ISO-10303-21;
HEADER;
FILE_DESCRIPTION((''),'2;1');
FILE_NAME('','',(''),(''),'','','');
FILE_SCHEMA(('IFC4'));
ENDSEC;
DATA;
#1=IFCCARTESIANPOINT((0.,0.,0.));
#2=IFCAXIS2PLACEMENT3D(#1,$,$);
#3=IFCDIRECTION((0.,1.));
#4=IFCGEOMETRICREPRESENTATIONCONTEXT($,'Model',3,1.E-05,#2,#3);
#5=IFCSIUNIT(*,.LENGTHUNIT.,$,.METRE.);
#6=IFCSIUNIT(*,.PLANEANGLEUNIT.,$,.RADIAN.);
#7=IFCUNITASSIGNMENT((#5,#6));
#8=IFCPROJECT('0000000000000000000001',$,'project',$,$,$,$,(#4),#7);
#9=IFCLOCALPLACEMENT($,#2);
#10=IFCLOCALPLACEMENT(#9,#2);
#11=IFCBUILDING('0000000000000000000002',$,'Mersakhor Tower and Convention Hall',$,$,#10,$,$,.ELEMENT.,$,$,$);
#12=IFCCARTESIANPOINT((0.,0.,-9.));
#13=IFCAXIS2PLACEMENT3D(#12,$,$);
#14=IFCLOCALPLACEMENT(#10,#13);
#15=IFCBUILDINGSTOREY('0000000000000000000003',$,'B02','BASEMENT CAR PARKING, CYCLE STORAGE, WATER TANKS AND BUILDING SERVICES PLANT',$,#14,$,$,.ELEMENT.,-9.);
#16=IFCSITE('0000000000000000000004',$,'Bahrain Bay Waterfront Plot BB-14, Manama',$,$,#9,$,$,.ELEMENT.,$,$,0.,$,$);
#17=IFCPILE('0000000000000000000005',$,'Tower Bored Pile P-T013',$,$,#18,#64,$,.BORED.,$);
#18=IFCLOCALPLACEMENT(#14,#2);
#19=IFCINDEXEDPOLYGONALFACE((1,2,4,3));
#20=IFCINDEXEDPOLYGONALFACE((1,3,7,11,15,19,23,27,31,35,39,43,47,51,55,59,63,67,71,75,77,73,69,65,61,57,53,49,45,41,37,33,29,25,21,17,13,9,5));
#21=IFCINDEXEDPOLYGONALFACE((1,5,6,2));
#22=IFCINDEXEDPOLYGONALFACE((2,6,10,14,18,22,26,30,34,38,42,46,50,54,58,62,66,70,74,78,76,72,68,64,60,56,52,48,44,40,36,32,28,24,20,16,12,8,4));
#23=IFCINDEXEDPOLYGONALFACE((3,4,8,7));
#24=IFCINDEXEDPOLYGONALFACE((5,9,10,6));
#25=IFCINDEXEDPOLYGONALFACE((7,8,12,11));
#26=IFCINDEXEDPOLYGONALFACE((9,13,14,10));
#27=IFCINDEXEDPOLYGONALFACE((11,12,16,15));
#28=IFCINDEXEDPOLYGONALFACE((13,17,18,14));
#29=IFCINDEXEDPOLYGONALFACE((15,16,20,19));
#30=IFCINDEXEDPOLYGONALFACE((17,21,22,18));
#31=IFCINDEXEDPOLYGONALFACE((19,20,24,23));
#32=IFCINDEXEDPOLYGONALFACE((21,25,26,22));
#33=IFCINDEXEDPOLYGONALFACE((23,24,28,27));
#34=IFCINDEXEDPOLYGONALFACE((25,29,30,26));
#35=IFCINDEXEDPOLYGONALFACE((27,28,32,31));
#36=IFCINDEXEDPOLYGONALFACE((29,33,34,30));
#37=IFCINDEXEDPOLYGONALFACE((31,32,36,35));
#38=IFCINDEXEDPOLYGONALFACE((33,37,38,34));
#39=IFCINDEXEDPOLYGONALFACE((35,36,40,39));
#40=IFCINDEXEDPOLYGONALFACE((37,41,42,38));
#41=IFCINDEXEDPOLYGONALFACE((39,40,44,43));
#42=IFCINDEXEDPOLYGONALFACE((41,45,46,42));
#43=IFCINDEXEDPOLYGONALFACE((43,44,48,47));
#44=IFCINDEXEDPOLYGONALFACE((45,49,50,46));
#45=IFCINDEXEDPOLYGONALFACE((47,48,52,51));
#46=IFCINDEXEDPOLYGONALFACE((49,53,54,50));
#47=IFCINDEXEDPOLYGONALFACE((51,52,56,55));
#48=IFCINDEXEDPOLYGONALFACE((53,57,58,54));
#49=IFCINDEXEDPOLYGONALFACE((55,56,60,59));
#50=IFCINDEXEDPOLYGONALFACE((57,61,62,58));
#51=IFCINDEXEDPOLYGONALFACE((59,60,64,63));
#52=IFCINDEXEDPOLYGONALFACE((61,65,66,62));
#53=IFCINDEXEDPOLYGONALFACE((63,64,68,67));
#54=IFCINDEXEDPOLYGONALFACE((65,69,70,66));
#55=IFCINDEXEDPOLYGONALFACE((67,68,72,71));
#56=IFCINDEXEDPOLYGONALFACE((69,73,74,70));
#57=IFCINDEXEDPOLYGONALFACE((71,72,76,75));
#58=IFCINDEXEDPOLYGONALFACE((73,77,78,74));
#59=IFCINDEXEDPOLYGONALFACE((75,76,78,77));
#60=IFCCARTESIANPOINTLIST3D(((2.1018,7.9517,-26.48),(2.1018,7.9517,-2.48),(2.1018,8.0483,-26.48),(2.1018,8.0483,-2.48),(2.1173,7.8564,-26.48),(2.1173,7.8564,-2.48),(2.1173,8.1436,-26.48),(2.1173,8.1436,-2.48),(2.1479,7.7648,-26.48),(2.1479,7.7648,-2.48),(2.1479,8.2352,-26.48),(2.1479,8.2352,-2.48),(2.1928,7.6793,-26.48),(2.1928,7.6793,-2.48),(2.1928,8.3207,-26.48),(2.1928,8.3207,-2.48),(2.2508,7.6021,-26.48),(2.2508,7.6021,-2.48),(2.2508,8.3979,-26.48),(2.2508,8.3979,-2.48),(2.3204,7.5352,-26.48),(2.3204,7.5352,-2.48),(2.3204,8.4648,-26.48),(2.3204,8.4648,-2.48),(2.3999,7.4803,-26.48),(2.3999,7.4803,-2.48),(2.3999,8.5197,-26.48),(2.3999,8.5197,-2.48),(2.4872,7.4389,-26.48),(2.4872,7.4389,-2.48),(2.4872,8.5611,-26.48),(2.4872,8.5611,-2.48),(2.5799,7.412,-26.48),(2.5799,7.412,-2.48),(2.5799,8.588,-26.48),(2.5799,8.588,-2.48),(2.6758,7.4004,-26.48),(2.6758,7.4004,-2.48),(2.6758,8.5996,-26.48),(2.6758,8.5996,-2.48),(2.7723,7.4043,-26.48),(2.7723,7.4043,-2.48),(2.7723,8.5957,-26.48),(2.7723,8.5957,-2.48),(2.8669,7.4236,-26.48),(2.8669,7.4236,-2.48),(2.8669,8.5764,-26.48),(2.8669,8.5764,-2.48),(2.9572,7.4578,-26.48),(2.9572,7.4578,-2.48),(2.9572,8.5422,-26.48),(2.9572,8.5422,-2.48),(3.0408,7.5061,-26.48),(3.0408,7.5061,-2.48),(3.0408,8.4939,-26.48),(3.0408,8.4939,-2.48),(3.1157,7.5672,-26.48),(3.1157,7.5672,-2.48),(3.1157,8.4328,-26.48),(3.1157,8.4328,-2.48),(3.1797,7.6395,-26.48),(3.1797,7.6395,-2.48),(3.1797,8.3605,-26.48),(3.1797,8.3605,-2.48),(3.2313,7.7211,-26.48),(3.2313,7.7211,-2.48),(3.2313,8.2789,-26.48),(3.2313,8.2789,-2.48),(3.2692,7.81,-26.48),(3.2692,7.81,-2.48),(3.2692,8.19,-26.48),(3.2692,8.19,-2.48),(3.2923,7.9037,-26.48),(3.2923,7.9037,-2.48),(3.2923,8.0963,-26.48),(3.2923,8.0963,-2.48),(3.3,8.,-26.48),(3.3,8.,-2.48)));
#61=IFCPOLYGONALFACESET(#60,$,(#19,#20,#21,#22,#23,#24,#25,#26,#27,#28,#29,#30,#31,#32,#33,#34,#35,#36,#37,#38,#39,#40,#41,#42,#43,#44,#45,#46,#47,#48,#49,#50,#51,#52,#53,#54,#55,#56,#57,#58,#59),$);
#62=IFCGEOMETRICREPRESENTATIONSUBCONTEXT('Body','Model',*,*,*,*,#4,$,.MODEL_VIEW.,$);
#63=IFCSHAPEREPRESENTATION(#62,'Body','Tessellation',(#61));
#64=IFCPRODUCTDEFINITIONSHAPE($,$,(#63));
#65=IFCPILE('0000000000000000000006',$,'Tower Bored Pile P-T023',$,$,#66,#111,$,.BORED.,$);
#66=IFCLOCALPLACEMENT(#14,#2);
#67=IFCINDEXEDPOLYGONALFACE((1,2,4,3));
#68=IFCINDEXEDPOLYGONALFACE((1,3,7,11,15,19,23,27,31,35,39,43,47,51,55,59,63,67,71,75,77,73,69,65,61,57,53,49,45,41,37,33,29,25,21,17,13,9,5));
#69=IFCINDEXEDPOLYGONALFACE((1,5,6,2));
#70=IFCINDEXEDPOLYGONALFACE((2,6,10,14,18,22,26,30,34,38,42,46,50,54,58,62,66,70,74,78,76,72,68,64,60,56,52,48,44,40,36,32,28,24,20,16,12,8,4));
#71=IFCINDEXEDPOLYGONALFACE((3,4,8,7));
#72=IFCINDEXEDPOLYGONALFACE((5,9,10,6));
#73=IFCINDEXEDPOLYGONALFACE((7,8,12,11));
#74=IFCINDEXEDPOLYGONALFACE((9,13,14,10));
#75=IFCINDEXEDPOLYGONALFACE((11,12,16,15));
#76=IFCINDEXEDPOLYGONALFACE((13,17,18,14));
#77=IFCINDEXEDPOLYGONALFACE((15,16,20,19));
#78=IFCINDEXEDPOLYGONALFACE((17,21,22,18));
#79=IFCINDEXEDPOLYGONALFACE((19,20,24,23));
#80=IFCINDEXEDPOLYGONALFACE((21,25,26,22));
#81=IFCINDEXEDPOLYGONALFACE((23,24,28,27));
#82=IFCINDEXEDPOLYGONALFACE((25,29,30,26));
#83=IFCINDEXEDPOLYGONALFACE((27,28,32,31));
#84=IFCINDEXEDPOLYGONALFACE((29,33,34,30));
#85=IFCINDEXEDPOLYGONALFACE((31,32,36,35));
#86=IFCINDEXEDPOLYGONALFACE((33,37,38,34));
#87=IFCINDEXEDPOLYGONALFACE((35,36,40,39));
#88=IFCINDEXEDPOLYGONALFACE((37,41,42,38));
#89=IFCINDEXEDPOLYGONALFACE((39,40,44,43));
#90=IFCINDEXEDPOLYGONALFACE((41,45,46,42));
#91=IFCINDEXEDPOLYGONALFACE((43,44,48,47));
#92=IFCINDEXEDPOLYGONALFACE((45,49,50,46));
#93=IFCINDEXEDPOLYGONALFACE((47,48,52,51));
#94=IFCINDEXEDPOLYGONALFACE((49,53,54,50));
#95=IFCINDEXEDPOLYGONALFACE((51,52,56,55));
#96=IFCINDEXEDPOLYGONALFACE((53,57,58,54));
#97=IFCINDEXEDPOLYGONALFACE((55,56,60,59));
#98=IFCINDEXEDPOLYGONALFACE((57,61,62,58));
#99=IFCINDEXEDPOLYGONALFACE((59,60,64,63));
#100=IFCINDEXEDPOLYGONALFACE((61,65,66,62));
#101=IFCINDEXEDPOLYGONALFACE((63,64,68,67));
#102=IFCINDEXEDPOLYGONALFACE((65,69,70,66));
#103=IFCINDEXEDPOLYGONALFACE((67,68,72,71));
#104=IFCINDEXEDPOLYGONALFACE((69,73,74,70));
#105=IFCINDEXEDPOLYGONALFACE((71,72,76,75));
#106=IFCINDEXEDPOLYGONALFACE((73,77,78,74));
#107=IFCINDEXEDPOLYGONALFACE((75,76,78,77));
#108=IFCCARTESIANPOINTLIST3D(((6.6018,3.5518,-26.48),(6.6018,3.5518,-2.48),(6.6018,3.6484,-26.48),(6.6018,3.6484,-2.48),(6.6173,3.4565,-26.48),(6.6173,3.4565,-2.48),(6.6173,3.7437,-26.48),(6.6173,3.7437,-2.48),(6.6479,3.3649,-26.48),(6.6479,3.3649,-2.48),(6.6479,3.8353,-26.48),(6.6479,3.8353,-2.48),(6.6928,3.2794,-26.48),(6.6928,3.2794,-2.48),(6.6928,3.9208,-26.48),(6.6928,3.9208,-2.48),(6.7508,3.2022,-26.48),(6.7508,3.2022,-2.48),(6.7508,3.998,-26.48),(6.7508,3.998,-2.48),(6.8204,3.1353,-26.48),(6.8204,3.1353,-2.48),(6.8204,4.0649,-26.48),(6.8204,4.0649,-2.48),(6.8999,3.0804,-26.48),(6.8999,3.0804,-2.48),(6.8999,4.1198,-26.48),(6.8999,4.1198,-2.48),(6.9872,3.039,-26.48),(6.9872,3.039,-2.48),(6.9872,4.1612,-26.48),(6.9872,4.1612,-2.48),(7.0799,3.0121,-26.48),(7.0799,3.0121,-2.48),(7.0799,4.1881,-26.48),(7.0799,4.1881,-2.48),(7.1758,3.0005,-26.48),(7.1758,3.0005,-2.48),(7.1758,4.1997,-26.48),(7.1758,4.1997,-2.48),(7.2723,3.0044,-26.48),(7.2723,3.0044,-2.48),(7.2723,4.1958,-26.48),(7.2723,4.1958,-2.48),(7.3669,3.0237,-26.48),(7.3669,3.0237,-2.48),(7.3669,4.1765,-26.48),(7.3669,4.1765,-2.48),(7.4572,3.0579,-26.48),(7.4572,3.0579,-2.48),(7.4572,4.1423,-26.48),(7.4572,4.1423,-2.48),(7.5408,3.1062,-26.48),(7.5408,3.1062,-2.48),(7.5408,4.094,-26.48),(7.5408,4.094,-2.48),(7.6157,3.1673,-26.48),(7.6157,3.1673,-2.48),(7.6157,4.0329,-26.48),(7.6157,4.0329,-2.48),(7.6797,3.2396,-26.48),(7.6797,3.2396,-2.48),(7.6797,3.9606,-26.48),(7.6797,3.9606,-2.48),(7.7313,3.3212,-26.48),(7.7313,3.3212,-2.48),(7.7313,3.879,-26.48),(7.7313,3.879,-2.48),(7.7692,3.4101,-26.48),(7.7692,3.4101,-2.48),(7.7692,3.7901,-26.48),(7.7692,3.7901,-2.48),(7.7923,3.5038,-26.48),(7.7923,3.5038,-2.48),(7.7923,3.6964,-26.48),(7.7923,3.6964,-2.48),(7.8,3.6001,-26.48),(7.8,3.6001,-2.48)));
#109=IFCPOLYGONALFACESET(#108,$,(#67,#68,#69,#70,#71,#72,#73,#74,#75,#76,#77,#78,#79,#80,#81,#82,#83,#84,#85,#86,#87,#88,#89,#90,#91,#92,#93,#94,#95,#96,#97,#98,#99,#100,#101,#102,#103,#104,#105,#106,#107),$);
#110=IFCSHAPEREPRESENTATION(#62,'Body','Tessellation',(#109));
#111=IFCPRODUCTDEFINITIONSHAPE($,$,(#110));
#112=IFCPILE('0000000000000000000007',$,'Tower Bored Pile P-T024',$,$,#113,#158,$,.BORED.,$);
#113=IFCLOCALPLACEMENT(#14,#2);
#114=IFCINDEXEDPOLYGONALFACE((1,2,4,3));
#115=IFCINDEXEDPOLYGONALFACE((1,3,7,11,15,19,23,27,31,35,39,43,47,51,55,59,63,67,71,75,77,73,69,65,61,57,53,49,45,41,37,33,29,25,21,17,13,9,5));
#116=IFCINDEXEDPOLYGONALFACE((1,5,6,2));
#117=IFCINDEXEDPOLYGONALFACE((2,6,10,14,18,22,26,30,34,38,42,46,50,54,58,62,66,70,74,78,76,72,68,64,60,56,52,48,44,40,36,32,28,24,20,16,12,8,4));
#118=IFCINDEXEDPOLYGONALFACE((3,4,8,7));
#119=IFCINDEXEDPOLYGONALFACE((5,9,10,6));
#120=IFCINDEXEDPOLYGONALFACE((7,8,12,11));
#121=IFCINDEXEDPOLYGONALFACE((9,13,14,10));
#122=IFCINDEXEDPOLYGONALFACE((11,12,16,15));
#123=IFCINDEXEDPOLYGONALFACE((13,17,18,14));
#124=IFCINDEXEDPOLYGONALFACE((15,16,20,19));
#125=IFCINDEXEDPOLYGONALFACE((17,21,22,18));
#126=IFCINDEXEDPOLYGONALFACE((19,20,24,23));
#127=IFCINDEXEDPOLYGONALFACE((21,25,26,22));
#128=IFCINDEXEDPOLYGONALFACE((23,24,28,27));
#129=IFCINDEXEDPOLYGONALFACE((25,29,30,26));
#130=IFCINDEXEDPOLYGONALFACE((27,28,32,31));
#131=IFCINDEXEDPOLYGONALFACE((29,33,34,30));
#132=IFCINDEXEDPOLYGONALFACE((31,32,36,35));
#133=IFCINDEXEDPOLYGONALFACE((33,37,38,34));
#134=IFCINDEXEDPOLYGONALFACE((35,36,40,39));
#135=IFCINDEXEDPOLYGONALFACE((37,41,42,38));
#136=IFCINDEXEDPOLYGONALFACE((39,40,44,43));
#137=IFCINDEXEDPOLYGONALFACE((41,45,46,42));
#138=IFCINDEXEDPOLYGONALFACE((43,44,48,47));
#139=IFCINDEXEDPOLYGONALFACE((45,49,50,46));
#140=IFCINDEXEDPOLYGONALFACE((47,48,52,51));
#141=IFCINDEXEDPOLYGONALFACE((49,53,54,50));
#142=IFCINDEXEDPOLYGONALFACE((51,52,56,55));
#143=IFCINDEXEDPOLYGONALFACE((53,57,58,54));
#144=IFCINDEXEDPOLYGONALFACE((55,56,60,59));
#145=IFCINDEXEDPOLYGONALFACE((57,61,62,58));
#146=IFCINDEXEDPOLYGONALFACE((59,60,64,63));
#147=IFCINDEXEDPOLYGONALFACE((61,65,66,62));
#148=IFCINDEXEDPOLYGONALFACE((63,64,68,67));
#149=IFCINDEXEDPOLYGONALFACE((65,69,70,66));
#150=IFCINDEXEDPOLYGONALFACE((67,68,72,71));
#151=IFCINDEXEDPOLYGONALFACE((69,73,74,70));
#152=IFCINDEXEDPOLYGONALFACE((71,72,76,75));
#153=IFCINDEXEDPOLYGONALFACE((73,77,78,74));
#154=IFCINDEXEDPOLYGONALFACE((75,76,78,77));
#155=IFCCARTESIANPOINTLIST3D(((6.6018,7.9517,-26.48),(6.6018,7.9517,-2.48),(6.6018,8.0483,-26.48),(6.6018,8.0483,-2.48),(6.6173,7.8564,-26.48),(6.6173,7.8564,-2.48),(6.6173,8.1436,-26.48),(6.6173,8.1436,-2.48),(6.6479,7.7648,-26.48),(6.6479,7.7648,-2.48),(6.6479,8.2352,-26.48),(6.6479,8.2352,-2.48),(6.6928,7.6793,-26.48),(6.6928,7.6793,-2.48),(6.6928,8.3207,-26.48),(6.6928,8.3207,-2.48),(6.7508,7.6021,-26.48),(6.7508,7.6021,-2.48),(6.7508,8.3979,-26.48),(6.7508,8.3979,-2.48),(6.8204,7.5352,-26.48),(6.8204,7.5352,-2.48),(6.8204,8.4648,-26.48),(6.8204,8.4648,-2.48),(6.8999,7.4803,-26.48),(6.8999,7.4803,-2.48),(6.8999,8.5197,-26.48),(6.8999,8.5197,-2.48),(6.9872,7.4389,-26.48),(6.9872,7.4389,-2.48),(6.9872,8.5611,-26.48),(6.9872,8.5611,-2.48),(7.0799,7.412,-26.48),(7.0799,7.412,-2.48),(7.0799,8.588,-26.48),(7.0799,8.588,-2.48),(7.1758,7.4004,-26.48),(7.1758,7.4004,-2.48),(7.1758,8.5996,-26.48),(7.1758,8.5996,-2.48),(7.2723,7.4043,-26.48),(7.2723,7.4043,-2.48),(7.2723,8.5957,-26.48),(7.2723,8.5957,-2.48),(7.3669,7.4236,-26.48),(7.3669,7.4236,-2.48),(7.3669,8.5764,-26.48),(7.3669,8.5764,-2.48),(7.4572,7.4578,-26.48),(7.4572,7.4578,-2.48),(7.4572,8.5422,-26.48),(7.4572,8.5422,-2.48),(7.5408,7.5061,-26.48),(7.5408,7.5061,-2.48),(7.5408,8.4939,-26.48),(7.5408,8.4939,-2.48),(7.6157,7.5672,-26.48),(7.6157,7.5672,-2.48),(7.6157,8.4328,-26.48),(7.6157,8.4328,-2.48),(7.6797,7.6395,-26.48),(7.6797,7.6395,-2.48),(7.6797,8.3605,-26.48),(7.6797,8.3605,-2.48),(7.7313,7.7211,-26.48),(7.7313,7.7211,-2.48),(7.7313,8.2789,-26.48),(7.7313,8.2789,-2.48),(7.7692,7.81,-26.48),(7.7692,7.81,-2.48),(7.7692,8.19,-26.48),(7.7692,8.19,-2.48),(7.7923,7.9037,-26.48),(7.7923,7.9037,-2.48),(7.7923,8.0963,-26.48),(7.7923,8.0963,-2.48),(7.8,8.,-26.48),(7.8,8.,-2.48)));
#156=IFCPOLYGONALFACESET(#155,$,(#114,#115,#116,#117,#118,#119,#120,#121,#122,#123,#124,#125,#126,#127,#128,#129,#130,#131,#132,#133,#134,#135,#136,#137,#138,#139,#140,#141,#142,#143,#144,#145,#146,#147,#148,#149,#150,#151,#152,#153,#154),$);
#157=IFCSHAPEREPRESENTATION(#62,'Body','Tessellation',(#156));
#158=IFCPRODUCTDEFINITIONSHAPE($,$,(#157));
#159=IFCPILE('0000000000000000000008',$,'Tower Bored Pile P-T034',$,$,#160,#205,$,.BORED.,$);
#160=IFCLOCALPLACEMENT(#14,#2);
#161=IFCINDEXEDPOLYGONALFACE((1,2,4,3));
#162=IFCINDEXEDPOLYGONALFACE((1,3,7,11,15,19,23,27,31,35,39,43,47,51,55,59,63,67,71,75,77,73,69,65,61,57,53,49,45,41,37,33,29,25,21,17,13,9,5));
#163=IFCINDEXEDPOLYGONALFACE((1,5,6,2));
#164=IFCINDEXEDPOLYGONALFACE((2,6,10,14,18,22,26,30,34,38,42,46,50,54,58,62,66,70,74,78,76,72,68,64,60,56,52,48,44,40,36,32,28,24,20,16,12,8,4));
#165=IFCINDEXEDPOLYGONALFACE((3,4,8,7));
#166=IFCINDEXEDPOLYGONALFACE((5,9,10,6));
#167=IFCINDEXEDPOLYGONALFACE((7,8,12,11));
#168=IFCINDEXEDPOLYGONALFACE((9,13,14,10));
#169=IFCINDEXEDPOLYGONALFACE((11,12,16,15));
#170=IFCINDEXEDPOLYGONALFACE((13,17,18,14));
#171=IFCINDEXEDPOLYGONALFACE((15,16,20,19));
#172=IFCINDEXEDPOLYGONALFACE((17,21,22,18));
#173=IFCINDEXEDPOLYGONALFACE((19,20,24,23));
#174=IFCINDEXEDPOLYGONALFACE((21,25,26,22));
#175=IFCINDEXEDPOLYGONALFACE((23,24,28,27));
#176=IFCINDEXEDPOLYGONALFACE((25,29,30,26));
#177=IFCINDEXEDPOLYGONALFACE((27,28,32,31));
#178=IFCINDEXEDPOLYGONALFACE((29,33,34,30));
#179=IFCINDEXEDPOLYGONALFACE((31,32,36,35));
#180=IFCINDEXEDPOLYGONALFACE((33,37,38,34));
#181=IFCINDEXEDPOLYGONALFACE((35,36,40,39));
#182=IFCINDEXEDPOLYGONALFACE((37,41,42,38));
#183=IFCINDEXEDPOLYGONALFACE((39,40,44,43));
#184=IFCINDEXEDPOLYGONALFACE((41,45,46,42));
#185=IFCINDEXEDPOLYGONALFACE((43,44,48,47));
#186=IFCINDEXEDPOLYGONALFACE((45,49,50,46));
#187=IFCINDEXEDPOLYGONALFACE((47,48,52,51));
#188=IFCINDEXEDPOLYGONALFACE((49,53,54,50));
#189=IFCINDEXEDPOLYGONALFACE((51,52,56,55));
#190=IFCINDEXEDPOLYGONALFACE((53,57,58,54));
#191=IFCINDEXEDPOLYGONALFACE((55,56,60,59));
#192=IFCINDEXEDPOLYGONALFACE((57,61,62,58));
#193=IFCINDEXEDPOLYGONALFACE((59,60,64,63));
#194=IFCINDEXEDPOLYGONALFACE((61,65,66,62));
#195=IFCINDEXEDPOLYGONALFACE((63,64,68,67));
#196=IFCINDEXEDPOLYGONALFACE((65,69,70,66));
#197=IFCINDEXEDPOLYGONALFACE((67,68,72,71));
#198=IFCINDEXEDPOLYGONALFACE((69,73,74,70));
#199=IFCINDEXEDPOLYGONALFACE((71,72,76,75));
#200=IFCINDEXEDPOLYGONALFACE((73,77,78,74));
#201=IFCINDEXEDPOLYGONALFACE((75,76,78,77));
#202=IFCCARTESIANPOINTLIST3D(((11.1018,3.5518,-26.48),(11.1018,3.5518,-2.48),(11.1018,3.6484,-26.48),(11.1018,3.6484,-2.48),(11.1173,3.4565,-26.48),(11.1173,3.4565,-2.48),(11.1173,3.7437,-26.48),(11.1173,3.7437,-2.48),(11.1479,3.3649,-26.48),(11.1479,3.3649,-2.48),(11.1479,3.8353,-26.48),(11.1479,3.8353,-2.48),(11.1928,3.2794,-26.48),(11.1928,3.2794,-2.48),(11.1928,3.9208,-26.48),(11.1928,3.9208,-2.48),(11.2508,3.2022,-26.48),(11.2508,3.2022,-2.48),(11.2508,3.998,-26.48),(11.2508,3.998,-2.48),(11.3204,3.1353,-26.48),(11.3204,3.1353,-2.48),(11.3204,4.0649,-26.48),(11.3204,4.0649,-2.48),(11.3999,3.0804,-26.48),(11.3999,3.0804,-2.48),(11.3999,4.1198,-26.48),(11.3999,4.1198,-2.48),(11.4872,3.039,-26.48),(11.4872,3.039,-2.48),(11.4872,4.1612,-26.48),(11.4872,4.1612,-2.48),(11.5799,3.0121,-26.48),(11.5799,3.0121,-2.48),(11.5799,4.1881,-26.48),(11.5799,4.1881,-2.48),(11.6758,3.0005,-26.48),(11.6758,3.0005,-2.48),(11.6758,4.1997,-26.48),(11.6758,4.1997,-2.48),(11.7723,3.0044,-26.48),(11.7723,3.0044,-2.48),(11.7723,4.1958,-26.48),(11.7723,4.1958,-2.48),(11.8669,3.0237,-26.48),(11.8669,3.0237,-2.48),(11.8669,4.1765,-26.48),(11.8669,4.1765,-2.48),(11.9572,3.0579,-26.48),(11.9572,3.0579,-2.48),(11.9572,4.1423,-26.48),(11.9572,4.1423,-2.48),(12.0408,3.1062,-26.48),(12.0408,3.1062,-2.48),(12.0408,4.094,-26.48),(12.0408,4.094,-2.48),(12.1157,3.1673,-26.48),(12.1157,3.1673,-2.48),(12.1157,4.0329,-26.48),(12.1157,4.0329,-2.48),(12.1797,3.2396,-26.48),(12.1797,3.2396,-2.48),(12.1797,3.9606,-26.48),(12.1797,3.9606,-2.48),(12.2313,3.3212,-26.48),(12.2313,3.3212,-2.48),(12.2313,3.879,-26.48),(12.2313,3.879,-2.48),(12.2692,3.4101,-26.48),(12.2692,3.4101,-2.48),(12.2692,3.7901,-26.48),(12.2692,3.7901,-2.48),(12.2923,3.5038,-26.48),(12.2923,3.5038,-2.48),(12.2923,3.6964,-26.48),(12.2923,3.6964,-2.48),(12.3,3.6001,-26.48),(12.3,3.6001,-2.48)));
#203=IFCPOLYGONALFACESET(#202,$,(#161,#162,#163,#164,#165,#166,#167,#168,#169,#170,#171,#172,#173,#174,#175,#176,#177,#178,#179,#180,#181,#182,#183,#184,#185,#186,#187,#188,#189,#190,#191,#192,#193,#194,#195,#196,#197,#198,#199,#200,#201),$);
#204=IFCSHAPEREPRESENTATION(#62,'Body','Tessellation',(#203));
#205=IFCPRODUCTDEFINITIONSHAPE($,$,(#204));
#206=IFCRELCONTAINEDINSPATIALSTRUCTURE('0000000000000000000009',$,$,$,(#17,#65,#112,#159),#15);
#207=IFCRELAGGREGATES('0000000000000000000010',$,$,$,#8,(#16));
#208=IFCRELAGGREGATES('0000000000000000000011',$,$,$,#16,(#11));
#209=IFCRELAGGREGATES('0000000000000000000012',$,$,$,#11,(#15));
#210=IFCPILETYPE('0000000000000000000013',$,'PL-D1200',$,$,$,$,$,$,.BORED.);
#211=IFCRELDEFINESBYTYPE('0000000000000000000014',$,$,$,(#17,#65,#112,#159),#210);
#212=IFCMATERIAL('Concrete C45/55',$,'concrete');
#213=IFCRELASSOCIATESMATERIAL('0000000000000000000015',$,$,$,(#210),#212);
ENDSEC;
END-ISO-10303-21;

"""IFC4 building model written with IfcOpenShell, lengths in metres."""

from ifc_helpers import new_model, si_unit, direction, frame, origin, origin_2d, place, context, subcontext, project, spatial, circle, extrude, material, material_profile, profile_set, type_object, element, save


model = new_model("IFC4")

# Units and contexts
model_context = context("Model", 3, precision=1e-05, world=origin(), true_north=direction((0.0, 1.0)))
body_context = subcontext(model_context, "Body", "Model", "MODEL_VIEW")
ifc_project = project(units=[si_unit("LENGTHUNIT", "METRE"), si_unit("PLANEANGLEUNIT", "RADIAN")], contexts=[model_context])

# Site, building, storey
site_placement = place(None, origin())
site = spatial("IfcSite", under=ifc_project, at=site_placement, Name="Bahrain Bay Waterfront Plot BB-14, Manama", CompositionType="ELEMENT", RefElevation=0.0)
building_placement = place(site_placement, origin())
building = spatial("IfcBuilding", under=site, at=building_placement, Name="Mersakhor Tower and Convention Hall", CompositionType="ELEMENT")
storey_placement = place(building_placement, frame((0.0, 0.0, -9.0)))
storey = spatial("IfcBuildingStorey", under=building, at=storey_placement, Name="B02", Description="BASEMENT CAR PARKING, CYCLE STORAGE, WATER TANKS AND BUILDING SERVICES PLANT", CompositionType="ELEMENT", Elevation=-9.0)

# Piles
ifc_material_1 = material(Name="Concrete C45/55", Category="concrete")
ifc_material_profile_1 = material_profile(ifc_material_1, circle(Radius=0.6001, at=origin_2d()), Name="PILE D1200")
ifc_profile_set_1 = profile_set([ifc_material_profile_1], Name="Concrete C45/55")
pile_type = type_object("IfcPileType", Name="PL-D1200", PredefinedType="BORED", material=ifc_profile_set_1)
for number, where, z_axis, x_axis, name in (
    (1, (2.7, 8.0, -2.48), (0.0, 0.0, -1.0), (1.0, 0.0, 0.0), "Tower Bored Pile P-T013"),
    (2, (7.2, 3.6001, -2.48), (0.0, 0.0, -1.0), (1.0, 0.0, 0.0), "Tower Bored Pile P-T023"),
    (3, (7.2, 8.0, -2.48), (0.0, 0.0, -1.0), (1.0, 0.0, 0.0), "Tower Bored Pile P-T024"),
    (4, (11.7, 3.6001, -2.48), (0.0, 0.0, -1.0), (1.0, 0.0, 0.0), "Tower Bored Pile P-T034"),
):
    element("IfcPile", number, at=place(storey_placement, frame(where, z_axis=z_axis, x_axis=x_axis)), inside=storey, type_object=pile_type, Name=name, PredefinedType="BORED", context=body_context, shape_type="SweptSolid", body=[
        extrude(circle(Radius=0.6001, at=origin_2d()), origin(), (0.0, 0.0, 1.0), 24.0),
    ])

save(model, "model.ifc")
